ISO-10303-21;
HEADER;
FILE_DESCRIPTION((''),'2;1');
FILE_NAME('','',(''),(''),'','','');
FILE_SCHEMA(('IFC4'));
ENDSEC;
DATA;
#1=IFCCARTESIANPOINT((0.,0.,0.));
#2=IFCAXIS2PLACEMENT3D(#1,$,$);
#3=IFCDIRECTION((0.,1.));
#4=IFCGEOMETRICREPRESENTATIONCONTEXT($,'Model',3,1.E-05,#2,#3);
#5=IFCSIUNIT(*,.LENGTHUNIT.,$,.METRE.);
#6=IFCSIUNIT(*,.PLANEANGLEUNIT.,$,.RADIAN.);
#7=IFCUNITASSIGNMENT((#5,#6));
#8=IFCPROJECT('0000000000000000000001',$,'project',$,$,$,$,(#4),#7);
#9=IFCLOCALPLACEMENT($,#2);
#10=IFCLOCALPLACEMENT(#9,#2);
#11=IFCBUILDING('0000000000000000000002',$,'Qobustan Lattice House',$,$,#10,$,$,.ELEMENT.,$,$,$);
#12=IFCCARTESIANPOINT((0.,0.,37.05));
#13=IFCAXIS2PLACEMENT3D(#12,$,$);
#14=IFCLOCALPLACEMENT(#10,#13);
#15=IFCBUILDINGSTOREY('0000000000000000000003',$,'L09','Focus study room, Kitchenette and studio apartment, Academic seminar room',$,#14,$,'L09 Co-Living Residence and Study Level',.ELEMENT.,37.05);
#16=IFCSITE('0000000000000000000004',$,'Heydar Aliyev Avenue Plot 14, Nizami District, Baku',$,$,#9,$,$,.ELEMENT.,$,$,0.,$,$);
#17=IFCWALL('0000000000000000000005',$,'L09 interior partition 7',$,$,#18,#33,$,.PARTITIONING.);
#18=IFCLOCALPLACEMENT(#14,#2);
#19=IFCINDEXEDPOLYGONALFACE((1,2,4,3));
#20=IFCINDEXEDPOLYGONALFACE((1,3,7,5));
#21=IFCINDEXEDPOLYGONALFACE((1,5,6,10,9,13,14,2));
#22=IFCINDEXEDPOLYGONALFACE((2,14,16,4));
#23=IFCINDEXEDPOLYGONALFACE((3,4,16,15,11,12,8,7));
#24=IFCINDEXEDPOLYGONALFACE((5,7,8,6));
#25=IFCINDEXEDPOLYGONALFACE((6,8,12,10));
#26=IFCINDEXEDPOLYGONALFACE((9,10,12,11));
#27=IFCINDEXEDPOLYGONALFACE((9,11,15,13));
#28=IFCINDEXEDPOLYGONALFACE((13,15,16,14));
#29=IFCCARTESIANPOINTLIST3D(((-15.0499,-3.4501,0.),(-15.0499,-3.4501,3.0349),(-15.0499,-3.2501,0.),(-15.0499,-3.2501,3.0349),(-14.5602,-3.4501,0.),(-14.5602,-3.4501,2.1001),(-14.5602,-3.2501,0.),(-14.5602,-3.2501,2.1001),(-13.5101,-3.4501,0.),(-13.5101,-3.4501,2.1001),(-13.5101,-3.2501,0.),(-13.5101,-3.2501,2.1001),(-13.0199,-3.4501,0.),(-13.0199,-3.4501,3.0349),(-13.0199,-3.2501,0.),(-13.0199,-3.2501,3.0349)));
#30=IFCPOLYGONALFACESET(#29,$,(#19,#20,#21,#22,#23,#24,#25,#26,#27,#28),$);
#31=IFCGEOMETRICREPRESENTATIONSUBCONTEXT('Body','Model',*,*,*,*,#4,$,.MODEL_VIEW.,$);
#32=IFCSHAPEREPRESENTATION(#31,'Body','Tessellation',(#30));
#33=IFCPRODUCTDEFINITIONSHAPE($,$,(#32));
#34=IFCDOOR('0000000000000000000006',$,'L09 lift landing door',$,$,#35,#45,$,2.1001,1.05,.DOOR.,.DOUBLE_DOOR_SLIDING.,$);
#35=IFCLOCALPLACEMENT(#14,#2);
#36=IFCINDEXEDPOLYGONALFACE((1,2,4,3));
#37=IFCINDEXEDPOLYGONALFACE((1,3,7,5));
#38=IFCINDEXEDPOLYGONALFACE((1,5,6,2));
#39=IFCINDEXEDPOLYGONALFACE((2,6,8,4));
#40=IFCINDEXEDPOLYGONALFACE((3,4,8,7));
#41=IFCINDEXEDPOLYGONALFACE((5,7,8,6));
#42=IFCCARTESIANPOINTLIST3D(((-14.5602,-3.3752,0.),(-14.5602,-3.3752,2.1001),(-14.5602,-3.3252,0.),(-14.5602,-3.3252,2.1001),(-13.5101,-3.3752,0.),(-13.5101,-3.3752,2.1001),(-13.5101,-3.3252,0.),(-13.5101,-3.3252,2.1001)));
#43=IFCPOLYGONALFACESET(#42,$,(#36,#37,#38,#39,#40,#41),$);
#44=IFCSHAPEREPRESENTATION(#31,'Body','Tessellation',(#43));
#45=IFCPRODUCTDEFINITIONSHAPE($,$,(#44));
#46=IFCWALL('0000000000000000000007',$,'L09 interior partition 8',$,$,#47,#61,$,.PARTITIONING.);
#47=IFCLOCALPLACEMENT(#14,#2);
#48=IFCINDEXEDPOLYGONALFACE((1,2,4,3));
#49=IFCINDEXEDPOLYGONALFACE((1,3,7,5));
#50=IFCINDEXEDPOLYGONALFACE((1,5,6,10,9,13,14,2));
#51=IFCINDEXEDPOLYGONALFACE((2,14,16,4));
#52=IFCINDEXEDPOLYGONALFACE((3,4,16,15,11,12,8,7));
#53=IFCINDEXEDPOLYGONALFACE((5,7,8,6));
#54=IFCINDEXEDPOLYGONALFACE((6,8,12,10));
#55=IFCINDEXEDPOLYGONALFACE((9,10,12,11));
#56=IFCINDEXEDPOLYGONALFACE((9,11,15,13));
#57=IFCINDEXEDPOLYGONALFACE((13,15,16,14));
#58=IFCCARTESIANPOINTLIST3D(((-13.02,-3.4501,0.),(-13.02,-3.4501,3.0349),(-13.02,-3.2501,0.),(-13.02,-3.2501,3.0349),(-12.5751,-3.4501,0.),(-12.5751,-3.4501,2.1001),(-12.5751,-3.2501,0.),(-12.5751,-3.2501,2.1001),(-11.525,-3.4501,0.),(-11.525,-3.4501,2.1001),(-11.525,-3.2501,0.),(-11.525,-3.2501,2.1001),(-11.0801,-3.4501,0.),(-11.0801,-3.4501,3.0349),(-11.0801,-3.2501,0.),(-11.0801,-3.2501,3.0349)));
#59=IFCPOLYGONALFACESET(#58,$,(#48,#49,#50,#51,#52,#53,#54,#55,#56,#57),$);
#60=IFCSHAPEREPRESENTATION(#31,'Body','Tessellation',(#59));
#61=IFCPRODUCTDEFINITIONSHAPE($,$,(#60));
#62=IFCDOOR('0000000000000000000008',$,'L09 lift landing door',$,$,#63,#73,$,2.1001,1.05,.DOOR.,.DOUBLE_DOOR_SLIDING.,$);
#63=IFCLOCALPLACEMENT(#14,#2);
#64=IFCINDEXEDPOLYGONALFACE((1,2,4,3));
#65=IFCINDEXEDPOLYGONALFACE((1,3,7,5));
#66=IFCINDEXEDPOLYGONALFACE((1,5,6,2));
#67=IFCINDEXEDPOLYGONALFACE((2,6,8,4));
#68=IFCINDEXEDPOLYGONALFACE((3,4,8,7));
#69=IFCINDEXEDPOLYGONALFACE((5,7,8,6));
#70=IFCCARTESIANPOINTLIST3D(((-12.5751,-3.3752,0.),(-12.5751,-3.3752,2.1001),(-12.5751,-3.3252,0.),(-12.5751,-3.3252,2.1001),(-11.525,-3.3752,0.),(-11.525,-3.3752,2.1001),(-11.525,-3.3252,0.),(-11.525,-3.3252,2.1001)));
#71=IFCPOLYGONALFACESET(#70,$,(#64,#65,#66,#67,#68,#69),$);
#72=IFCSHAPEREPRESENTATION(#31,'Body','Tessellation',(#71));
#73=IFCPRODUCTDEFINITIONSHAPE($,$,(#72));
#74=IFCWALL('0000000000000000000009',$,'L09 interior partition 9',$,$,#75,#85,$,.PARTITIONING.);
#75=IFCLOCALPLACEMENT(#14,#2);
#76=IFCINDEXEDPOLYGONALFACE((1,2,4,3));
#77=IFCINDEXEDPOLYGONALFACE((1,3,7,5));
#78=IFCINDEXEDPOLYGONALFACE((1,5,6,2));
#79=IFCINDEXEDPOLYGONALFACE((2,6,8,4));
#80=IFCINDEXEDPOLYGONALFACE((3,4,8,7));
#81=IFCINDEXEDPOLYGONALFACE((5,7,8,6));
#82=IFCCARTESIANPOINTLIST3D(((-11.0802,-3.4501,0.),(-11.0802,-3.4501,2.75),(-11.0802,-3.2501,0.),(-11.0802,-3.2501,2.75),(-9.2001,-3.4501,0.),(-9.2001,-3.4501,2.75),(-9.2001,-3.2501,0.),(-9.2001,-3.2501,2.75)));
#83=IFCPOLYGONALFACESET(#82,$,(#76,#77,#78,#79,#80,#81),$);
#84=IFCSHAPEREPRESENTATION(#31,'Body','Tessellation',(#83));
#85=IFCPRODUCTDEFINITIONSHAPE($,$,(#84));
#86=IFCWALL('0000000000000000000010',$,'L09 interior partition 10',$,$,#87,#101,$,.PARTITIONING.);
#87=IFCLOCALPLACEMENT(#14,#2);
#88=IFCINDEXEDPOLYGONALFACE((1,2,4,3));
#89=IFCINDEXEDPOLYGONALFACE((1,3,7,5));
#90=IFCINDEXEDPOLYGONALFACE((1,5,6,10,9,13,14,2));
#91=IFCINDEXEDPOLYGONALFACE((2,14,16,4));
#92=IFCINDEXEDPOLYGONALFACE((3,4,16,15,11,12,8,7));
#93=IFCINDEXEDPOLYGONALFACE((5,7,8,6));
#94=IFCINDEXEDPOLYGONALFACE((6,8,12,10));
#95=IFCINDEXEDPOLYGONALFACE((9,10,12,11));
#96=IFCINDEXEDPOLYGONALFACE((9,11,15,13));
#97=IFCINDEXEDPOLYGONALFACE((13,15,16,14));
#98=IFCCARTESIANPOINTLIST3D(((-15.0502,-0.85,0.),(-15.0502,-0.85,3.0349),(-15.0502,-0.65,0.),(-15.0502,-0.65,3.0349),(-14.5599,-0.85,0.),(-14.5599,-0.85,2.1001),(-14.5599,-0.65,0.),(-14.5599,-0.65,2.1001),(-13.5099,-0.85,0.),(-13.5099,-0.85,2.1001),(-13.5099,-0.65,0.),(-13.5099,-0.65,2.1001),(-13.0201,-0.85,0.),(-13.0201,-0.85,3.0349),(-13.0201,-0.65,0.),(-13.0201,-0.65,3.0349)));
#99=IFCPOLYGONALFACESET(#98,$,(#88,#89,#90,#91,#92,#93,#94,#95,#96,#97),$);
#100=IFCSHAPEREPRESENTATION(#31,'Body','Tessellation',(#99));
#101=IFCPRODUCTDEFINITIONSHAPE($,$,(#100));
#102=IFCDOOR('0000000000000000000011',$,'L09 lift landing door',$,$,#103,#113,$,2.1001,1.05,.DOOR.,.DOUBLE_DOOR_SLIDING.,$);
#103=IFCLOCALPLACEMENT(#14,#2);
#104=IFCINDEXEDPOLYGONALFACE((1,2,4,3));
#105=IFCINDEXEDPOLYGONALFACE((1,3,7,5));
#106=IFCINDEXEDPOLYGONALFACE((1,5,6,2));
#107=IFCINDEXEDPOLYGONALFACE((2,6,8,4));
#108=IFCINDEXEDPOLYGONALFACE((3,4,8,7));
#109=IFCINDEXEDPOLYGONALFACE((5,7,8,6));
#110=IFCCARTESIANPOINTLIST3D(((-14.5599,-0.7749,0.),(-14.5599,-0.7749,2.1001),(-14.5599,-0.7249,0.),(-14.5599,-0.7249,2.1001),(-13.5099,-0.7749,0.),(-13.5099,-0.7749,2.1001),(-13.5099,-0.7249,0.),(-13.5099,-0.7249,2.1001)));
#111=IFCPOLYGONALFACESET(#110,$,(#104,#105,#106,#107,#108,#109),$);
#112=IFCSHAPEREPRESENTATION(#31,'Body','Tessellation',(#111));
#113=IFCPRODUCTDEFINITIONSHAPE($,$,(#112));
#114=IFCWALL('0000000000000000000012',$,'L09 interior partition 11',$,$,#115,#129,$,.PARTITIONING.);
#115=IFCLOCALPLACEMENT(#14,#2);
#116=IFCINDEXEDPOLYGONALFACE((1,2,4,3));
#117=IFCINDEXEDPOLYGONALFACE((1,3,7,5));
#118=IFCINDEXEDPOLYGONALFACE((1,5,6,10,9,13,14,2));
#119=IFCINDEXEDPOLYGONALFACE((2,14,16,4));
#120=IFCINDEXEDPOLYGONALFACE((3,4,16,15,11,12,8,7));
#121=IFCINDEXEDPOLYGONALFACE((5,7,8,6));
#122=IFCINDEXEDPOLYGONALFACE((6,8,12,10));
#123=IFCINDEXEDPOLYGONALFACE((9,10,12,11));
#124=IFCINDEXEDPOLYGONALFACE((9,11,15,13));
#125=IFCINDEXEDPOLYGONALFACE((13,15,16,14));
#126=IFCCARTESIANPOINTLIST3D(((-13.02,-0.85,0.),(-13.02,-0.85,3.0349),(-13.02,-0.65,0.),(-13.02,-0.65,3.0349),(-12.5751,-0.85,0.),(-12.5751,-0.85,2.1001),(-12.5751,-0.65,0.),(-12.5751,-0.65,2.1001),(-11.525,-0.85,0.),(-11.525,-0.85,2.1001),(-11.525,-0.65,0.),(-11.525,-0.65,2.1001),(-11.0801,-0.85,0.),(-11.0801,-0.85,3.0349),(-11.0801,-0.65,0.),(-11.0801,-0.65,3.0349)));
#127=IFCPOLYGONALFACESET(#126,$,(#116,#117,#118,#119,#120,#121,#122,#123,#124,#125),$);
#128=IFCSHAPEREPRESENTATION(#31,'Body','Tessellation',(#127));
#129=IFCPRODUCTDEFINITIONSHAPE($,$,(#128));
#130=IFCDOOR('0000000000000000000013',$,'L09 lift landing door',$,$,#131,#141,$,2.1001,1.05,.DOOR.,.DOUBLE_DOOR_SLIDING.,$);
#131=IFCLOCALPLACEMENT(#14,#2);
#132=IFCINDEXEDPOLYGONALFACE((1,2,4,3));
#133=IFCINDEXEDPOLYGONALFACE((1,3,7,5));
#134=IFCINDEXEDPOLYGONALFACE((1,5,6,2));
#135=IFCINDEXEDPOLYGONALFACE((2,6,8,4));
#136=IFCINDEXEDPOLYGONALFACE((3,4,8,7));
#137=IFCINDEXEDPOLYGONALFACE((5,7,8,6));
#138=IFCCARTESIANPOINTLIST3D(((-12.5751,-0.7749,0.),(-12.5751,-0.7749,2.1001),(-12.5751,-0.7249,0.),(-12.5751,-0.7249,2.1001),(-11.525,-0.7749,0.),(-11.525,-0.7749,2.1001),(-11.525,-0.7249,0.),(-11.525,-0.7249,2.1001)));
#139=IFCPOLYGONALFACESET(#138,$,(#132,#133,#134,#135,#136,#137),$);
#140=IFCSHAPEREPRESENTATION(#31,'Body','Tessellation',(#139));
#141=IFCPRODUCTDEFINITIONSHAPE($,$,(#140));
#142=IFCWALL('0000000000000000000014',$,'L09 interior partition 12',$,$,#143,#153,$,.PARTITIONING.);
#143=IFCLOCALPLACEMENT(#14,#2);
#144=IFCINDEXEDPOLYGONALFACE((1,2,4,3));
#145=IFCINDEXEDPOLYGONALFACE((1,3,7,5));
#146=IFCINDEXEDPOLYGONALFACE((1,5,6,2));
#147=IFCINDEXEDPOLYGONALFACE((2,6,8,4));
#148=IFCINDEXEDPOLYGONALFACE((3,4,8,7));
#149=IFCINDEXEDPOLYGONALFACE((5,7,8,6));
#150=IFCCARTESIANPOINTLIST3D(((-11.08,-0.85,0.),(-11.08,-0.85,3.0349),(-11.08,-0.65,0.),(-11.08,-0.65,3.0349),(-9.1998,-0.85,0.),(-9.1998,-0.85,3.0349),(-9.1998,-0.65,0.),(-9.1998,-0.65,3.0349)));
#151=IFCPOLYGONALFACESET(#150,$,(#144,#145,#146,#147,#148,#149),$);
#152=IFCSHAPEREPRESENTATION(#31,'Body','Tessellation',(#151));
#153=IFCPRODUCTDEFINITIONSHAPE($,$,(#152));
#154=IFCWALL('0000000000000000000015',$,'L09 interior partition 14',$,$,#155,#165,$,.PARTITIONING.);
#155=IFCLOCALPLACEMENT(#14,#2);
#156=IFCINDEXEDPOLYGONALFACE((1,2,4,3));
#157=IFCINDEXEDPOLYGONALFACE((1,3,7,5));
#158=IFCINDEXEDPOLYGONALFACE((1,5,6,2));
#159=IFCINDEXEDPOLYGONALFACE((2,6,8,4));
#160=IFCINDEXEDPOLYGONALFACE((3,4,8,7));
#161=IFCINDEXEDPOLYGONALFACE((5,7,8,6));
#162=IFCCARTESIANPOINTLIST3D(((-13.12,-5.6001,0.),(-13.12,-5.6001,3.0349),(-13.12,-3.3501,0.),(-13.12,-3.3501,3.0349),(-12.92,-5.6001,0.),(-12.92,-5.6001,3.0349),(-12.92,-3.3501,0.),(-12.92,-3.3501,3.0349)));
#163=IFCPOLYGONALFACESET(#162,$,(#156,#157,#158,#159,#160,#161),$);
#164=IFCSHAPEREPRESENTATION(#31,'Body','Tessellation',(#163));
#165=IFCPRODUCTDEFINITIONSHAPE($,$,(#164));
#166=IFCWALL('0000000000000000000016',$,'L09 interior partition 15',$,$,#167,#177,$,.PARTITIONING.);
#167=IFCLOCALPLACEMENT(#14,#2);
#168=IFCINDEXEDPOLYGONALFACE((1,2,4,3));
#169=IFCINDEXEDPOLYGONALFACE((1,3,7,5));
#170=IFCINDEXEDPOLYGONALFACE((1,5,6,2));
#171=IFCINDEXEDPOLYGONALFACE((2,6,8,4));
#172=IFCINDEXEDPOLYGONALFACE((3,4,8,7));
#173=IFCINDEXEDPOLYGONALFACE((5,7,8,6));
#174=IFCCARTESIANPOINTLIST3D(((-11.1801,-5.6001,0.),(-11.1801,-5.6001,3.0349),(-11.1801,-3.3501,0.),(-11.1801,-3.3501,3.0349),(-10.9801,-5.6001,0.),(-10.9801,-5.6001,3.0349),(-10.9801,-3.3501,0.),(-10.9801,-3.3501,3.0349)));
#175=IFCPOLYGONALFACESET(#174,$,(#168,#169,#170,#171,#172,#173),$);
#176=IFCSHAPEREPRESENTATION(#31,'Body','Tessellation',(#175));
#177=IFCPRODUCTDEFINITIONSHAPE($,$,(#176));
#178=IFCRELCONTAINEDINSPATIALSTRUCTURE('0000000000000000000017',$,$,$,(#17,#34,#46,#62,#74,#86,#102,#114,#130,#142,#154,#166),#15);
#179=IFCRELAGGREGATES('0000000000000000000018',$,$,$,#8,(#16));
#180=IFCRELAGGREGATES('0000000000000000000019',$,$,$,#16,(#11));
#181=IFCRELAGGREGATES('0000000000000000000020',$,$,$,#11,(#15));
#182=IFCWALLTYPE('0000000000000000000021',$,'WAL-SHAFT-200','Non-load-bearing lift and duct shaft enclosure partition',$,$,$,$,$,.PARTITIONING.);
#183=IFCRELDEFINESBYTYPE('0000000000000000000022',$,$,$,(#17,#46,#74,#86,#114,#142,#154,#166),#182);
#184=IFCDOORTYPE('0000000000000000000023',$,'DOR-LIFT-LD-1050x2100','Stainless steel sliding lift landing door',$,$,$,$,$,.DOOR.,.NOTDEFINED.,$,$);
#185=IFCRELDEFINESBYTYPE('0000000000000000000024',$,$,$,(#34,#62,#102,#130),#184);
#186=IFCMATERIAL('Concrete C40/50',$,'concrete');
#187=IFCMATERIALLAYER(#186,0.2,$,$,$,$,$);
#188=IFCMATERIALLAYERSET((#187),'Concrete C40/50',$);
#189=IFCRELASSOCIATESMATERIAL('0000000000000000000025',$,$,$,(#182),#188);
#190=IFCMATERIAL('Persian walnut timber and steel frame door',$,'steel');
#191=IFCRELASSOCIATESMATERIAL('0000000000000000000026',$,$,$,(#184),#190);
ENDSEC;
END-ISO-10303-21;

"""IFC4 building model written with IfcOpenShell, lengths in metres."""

from ifc_helpers import new_model, si_unit, direction, frame, frame_2d, origin, place, context, subcontext, project, spatial, rectangle, extrude, material, layer, layer_set, type_object, element, fill, save


model = new_model("IFC4")

# Units and contexts
model_context = context("Model", 3, precision=1e-05, world=origin(), true_north=direction((0.0, 1.0)))
body_context = subcontext(model_context, "Body", "Model", "MODEL_VIEW")
ifc_project = project(units=[si_unit("LENGTHUNIT", "METRE"), si_unit("PLANEANGLEUNIT", "RADIAN")], contexts=[model_context])

# Site, building, storey
site_placement = place(None, origin())
site = spatial("IfcSite", under=ifc_project, at=site_placement, Name="Heydar Aliyev Avenue Plot 14, Nizami District, Baku", CompositionType="ELEMENT", RefElevation=0.0)
building_placement = place(site_placement, origin())
building = spatial("IfcBuilding", under=site, at=building_placement, Name="Qobustan Lattice House", CompositionType="ELEMENT")
storey_placement = place(building_placement, frame((0.0, 0.0, 37.05)))
storey = spatial("IfcBuildingStorey", under=building, at=storey_placement, Name="L09", Description="Focus study room, Kitchenette and studio apartment, Academic seminar room", LongName="L09 Co-Living Residence and Study Level", CompositionType="ELEMENT", Elevation=37.05)

# Walls, openings, doors
ifc_material_1 = material(Name="Concrete C40/50", Category="concrete")
ifc_layer_1 = layer(ifc_material_1, 0.2)
ifc_layer_set_1 = layer_set([ifc_layer_1], Name="Concrete C40/50")
wall_type_1 = type_object("IfcWallType", Name="WAL-SHAFT-200", Description="Non-load-bearing lift and duct shaft enclosure partition", PredefinedType="PARTITIONING", material=ifc_layer_set_1)
wall_1_placement = place(storey_placement, frame((-15.05, -3.3501, 0.0), z_axis=(0.0, 0.0, 1.0), x_axis=(1.0, 0.0, 0.0)))
wall_1 = element("IfcWall", 1, at=wall_1_placement, inside=storey, type_object=wall_type_1, Name="L09 interior partition 7", PredefinedType="PARTITIONING", context=body_context, shape_type="SweptSolid", body=[
    extrude(rectangle(XDim=2.03, YDim=0.2, at=frame_2d((1.0151, 0.0))), origin(), (0.0, 0.0, 1.0), 3.0349),
])
opening_1_placement = place(wall_1_placement, frame((0.49, 0.0, 0.0)))
opening_1 = element("IfcOpeningElement", 2, at=opening_1_placement, cuts=wall_1, PredefinedType="OPENING", context=body_context, shape_type="SweptSolid", body=[
    extrude(rectangle(XDim=1.05, YDim=2.1001, at=frame_2d((0.5249, 1.05))), frame((0.0, 0.1099, 0.0), z_axis=(0.0, -1.0, 0.0), x_axis=(1.0, 0.0, 0.0)), (0.0, 0.0, 1.0), 0.22),
])
ifc_material_2 = material(Name="Persian walnut timber and steel frame door", Category="steel")
door_type_1 = type_object("IfcDoorType", Name="DOR-LIFT-LD-1050x2100", Description="Stainless steel sliding lift landing door", OperationType="NOTDEFINED", PredefinedType="DOOR", material=ifc_material_2)
door_1_placement = place(opening_1_placement, origin())
door_1 = element("IfcDoor", 3, at=door_1_placement, inside=storey, type_object=door_type_1, Name="L09 lift landing door", OperationType="DOUBLE_DOOR_SLIDING", OverallHeight=2.1001, OverallWidth=1.05, PredefinedType="DOOR", context=body_context, shape_type="SweptSolid", body=[
    extrude(rectangle(XDim=1.05, YDim=2.1001, at=frame_2d((0.5249, 1.05))), frame((0.0, 0.0249, 0.0), z_axis=(0.0, -1.0, 0.0), x_axis=(1.0, 0.0, 0.0)), (0.0, 0.0, 1.0), 0.05),
])
fill(opening_1, door_1)
wall_2_placement = place(storey_placement, frame((-13.02, -3.3501, 0.0), z_axis=(0.0, 0.0, 1.0), x_axis=(1.0, 0.0, 0.0)))
wall_2 = element("IfcWall", 4, at=wall_2_placement, inside=storey, type_object=wall_type_1, Name="L09 interior partition 8", PredefinedType="PARTITIONING", context=body_context, shape_type="SweptSolid", body=[
    extrude(rectangle(XDim=1.9399, YDim=0.2, at=frame_2d((0.97, 0.0))), origin(), (0.0, 0.0, 1.0), 3.0349),
])
opening_2_placement = place(wall_2_placement, frame((0.4451, 0.0, 0.0)))
opening_2 = element("IfcOpeningElement", 5, at=opening_2_placement, cuts=wall_2, PredefinedType="OPENING", context=body_context, shape_type="SweptSolid", body=[
    extrude(rectangle(XDim=1.05, YDim=2.1001, at=frame_2d((0.5249, 1.05))), frame((0.0, 0.1099, 0.0), z_axis=(0.0, -1.0, 0.0), x_axis=(1.0, 0.0, 0.0)), (0.0, 0.0, 1.0), 0.22),
])
door_2_placement = place(opening_2_placement, origin())
door_2 = element("IfcDoor", 6, at=door_2_placement, inside=storey, type_object=door_type_1, Name="L09 lift landing door", OperationType="DOUBLE_DOOR_SLIDING", OverallHeight=2.1001, OverallWidth=1.05, PredefinedType="DOOR", context=body_context, shape_type="SweptSolid", body=[
    extrude(rectangle(XDim=1.05, YDim=2.1001, at=frame_2d((0.5249, 1.05))), frame((0.0, 0.0249, 0.0), z_axis=(0.0, -1.0, 0.0), x_axis=(1.0, 0.0, 0.0)), (0.0, 0.0, 1.0), 0.05),
])
fill(opening_2, door_2)

# Wall
wall_3_placement = place(storey_placement, frame((-11.0801, -3.3501, 0.0), z_axis=(0.0, 0.0, 1.0), x_axis=(1.0, 0.0, 0.0)))
element("IfcWall", 7, at=wall_3_placement, inside=storey, type_object=wall_type_1, Name="L09 interior partition 9", PredefinedType="PARTITIONING", context=body_context, shape_type="SweptSolid", body=[
    extrude(rectangle(XDim=1.8801, YDim=0.2, at=frame_2d((0.9399, 0.0))), origin(), (0.0, 0.0, 1.0), 2.75),
])

# Walls, openings, doors
wall_4_placement = place(storey_placement, frame((-13.02, -0.75, 0.0), z_axis=(0.0, 0.0, 1.0), x_axis=(-1.0, 0.0, 0.0)))
wall_4 = element("IfcWall", 8, at=wall_4_placement, inside=storey, type_object=wall_type_1, Name="L09 interior partition 10", PredefinedType="PARTITIONING", context=body_context, shape_type="SweptSolid", body=[
    extrude(rectangle(XDim=2.03, YDim=0.2, at=frame_2d((1.0151, 0.0))), origin(), (0.0, 0.0, 1.0), 3.0349),
])
opening_3_placement = place(wall_4_placement, frame((0.49, 0.0, 0.0)))
opening_3 = element("IfcOpeningElement", 9, at=opening_3_placement, cuts=wall_4, PredefinedType="OPENING", context=body_context, shape_type="SweptSolid", body=[
    extrude(rectangle(XDim=1.05, YDim=2.1001, at=frame_2d((0.5249, 1.05))), frame((0.0, 0.1099, 0.0), z_axis=(0.0, -1.0, 0.0), x_axis=(1.0, 0.0, 0.0)), (0.0, 0.0, 1.0), 0.22),
])
door_3_placement = place(opening_3_placement, origin())
door_3 = element("IfcDoor", 10, at=door_3_placement, inside=storey, type_object=door_type_1, Name="L09 lift landing door", OperationType="DOUBLE_DOOR_SLIDING", OverallHeight=2.1001, OverallWidth=1.05, PredefinedType="DOOR", context=body_context, shape_type="SweptSolid", body=[
    extrude(rectangle(XDim=1.05, YDim=2.1001, at=frame_2d((0.5249, 1.05))), frame((0.0, 0.0249, 0.0), z_axis=(0.0, -1.0, 0.0), x_axis=(1.0, 0.0, 0.0)), (0.0, 0.0, 1.0), 0.05),
])
fill(opening_3, door_3)
wall_5_placement = place(storey_placement, frame((-11.0801, -0.75, 0.0), z_axis=(0.0, 0.0, 1.0), x_axis=(-1.0, 0.0, 0.0)))
wall_5 = element("IfcWall", 11, at=wall_5_placement, inside=storey, type_object=wall_type_1, Name="L09 interior partition 11", PredefinedType="PARTITIONING", context=body_context, shape_type="SweptSolid", body=[
    extrude(rectangle(XDim=1.9399, YDim=0.2, at=frame_2d((0.97, 0.0))), origin(), (0.0, 0.0, 1.0), 3.0349),
])
opening_4_placement = place(wall_5_placement, frame((0.4451, 0.0, 0.0)))
opening_4 = element("IfcOpeningElement", 12, at=opening_4_placement, cuts=wall_5, PredefinedType="OPENING", context=body_context, shape_type="SweptSolid", body=[
    extrude(rectangle(XDim=1.05, YDim=2.1001, at=frame_2d((0.5249, 1.05))), frame((0.0, 0.1099, 0.0), z_axis=(0.0, -1.0, 0.0), x_axis=(1.0, 0.0, 0.0)), (0.0, 0.0, 1.0), 0.22),
])
door_4_placement = place(opening_4_placement, origin())
door_4 = element("IfcDoor", 13, at=door_4_placement, inside=storey, type_object=door_type_1, Name="L09 lift landing door", OperationType="DOUBLE_DOOR_SLIDING", OverallHeight=2.1001, OverallWidth=1.05, PredefinedType="DOOR", context=body_context, shape_type="SweptSolid", body=[
    extrude(rectangle(XDim=1.05, YDim=2.1001, at=frame_2d((0.5249, 1.05))), frame((0.0, 0.0249, 0.0), z_axis=(0.0, -1.0, 0.0), x_axis=(1.0, 0.0, 0.0)), (0.0, 0.0, 1.0), 0.05),
])
fill(opening_4, door_4)

# Walls
wall_6_placement = place(storey_placement, frame((-9.2, -0.75, 0.0), z_axis=(0.0, 0.0, 1.0), x_axis=(-1.0, 0.0, 0.0)))
element("IfcWall", 14, at=wall_6_placement, inside=storey, type_object=wall_type_1, Name="L09 interior partition 12", PredefinedType="PARTITIONING", context=body_context, shape_type="SweptSolid", body=[
    extrude(rectangle(XDim=1.8801, YDim=0.2, at=frame_2d((0.9399, 0.0))), origin(), (0.0, 0.0, 1.0), 3.0349),
])
for number, where, z_axis, x_axis, name in (
    (15, (-13.02, -5.6001, 0.0), (0.0, 0.0, 1.0), (0.0, 1.0, 0.0), "L09 interior partition 14"),
    (16, (-11.0801, -5.6001, 0.0), (0.0, 0.0, 1.0), (0.0, 1.0, 0.0), "L09 interior partition 15"),
):
    element("IfcWall", number, at=place(storey_placement, frame(where, z_axis=z_axis, x_axis=x_axis)), inside=storey, type_object=wall_type_1, Name=name, PredefinedType="PARTITIONING", context=body_context, shape_type="SweptSolid", body=[
        extrude(rectangle(XDim=2.25, YDim=0.2, at=frame_2d((1.125, 0.0))), origin(), (0.0, 0.0, 1.0), 3.0349),
    ])

save(model, "model.ifc")
